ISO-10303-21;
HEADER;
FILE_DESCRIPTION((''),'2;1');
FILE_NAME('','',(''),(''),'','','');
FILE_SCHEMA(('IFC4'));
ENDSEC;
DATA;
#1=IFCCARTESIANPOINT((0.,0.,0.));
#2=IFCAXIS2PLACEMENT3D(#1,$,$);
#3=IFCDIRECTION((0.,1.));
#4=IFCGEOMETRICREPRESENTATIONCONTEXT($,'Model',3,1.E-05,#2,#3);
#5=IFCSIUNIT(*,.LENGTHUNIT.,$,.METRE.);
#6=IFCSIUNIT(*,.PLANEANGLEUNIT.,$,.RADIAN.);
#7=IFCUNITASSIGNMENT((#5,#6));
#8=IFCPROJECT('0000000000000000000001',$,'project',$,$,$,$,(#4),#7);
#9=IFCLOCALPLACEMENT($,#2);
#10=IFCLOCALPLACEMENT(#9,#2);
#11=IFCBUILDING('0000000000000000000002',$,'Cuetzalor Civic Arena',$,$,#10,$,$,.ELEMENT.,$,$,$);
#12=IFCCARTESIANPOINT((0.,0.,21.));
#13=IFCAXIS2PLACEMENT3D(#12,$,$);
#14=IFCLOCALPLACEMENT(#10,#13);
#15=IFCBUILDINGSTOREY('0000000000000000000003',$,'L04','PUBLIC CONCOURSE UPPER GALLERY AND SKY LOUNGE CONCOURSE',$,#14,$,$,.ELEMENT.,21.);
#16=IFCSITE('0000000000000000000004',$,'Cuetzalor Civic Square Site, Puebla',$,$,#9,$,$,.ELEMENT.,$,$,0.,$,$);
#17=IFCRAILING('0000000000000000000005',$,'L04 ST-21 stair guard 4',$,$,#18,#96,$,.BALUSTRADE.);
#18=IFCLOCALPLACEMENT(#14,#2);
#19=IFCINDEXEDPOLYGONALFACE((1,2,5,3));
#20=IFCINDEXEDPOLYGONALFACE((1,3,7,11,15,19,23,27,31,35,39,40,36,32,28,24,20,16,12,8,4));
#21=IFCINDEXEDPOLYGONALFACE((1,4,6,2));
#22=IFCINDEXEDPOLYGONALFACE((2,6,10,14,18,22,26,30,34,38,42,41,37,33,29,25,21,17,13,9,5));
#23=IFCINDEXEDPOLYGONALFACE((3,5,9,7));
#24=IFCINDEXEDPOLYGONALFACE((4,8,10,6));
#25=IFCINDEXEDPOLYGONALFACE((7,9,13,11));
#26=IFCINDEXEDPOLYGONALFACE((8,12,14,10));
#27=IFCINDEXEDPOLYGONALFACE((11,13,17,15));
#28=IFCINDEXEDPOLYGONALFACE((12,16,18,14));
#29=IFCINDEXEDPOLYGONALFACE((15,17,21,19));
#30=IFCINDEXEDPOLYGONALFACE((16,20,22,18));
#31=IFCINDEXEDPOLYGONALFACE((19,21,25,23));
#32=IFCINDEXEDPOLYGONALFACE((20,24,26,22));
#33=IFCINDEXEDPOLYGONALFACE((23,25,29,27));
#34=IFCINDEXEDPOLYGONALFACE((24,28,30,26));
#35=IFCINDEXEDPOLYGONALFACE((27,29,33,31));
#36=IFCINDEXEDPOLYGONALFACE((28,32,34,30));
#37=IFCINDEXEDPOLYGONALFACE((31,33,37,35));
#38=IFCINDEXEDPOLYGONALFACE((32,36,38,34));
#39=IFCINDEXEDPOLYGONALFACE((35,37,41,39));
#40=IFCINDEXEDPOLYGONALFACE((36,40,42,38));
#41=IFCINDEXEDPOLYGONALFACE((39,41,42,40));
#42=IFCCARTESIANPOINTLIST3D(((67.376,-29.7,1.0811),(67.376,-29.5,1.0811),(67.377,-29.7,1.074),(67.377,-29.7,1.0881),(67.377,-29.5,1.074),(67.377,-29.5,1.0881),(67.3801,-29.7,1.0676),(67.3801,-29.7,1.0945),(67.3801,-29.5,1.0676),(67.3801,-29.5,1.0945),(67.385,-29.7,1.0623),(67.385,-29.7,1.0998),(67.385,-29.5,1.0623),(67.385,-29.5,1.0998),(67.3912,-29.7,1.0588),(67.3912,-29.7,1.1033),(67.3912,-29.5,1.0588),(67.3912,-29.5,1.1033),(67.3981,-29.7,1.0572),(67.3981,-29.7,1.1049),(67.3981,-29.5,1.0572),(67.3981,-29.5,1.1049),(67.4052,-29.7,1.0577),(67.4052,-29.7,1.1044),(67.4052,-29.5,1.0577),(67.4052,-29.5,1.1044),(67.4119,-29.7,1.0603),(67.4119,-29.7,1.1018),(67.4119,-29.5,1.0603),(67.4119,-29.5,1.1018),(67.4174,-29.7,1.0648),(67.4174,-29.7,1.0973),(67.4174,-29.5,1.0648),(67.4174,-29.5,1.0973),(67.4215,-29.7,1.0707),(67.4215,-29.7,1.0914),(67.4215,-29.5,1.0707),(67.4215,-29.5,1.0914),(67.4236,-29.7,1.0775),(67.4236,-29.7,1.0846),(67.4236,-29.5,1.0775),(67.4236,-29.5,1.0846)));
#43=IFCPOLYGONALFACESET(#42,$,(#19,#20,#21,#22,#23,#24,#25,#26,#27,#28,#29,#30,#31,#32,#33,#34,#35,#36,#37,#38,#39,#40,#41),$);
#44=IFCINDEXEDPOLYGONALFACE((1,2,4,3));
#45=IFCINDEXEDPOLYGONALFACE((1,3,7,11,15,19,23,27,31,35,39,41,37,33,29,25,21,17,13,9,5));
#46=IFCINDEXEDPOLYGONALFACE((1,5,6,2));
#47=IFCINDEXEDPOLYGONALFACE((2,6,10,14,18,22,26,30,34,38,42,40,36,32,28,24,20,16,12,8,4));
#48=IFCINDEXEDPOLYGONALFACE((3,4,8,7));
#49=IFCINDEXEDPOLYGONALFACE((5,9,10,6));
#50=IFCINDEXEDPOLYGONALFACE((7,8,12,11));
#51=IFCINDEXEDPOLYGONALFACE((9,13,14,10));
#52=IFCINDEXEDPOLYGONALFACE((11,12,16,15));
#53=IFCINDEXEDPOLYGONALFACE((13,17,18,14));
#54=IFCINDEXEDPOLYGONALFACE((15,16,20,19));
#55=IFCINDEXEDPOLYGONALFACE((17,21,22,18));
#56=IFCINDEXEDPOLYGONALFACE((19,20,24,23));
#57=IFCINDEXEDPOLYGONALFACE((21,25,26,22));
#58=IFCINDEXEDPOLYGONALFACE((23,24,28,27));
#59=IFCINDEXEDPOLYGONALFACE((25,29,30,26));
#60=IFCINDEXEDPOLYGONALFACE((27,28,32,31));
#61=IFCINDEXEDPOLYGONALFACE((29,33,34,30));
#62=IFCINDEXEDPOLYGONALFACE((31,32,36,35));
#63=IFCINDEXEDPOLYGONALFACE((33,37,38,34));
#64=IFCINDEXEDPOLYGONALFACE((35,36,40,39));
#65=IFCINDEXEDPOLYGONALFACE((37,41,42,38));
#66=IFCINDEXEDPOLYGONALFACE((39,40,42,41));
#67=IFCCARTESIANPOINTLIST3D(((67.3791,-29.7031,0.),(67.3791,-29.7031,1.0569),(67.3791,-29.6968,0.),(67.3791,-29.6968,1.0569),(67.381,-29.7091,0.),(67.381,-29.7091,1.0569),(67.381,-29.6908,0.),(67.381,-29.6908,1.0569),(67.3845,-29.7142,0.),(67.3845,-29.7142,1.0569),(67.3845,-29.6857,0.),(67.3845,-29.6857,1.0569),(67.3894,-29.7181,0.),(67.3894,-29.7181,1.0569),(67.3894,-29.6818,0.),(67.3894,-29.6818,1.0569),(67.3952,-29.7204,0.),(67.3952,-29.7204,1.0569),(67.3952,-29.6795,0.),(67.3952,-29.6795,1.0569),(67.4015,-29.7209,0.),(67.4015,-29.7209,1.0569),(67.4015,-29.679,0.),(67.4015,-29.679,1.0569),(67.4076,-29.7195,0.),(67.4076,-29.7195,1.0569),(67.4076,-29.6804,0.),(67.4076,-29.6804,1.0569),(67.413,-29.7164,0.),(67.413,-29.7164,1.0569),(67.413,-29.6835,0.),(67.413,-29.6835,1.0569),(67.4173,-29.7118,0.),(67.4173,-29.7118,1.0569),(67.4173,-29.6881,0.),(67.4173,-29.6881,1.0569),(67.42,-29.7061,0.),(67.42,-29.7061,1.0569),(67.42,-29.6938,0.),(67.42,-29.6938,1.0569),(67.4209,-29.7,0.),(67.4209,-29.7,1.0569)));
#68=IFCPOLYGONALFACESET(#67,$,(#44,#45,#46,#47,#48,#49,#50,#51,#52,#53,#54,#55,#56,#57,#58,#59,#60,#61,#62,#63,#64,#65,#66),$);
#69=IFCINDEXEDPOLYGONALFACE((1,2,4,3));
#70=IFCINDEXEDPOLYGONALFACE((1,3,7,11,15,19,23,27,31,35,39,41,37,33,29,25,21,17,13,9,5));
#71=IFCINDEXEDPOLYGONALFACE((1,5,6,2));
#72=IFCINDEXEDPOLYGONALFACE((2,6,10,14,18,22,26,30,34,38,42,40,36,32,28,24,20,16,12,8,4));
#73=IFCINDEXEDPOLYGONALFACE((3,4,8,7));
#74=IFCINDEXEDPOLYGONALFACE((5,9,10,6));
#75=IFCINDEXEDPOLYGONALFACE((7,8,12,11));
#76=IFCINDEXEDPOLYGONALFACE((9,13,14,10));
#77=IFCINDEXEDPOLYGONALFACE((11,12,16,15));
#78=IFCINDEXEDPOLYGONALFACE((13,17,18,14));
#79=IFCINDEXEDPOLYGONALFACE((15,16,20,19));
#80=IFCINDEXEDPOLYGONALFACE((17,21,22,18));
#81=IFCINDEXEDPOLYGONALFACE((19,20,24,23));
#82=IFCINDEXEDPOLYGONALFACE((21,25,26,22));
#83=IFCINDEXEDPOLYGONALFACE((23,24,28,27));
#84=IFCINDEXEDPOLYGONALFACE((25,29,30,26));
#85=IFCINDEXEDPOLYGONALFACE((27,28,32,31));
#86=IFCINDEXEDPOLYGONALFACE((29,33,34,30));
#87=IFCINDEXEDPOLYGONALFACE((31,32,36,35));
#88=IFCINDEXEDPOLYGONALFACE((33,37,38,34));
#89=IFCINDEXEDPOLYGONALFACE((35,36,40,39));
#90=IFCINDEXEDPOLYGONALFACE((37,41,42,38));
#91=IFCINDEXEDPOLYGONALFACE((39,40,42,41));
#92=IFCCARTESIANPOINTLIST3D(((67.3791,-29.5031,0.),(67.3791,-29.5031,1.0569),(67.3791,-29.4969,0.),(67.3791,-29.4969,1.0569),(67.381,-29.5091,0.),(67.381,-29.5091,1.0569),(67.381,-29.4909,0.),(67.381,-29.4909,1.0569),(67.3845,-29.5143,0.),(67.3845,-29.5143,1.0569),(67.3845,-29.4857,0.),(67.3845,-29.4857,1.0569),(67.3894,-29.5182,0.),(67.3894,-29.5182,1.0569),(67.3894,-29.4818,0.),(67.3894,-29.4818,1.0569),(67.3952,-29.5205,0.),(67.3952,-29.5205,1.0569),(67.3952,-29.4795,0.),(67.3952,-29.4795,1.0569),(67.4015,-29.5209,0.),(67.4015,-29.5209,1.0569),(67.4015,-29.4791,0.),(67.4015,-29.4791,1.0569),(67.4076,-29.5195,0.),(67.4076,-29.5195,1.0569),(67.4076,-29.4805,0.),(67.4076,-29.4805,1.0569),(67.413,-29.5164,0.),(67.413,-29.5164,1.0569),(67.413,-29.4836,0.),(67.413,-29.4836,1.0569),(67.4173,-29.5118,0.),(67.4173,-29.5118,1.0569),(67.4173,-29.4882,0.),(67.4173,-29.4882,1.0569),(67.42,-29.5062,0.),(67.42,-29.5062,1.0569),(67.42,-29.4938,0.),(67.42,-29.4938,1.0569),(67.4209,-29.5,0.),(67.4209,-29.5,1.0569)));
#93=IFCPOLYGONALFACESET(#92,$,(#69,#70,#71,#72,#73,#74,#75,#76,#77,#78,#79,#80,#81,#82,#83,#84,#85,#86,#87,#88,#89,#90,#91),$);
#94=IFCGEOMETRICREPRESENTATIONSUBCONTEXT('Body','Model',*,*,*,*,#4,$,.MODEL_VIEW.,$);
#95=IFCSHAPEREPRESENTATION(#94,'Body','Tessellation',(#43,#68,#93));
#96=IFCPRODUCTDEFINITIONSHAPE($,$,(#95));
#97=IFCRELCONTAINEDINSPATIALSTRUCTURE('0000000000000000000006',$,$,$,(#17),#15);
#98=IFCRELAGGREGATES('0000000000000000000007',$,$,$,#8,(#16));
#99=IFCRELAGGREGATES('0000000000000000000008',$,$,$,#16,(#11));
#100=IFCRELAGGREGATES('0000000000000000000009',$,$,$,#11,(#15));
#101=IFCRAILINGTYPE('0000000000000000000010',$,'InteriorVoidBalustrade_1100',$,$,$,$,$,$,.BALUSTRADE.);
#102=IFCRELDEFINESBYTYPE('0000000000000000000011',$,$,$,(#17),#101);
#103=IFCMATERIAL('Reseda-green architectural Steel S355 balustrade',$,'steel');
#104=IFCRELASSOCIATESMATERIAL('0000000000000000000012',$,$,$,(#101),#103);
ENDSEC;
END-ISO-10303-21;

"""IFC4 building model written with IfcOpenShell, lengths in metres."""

from ifc_helpers import new_model, si_unit, direction, frame, origin, origin_2d, place, context, subcontext, project, spatial, circle, extrude, material, type_object, element, save


model = new_model("IFC4")

# Units and contexts
model_context = context("Model", 3, precision=1e-05, world=origin(), true_north=direction((0.0, 1.0)))
body_context = subcontext(model_context, "Body", "Model", "MODEL_VIEW")
ifc_project = project(units=[si_unit("LENGTHUNIT", "METRE"), si_unit("PLANEANGLEUNIT", "RADIAN")], contexts=[model_context])

# Site, building, storey
site_placement = place(None, origin())
site = spatial("IfcSite", under=ifc_project, at=site_placement, Name="Cuetzalor Civic Square Site, Puebla", CompositionType="ELEMENT", RefElevation=0.0)
building_placement = place(site_placement, origin())
building = spatial("IfcBuilding", under=site, at=building_placement, Name="Cuetzalor Civic Arena", CompositionType="ELEMENT")
storey_placement = place(building_placement, frame((0.0, 0.0, 21.0)))
storey = spatial("IfcBuildingStorey", under=building, at=storey_placement, Name="L04", Description="PUBLIC CONCOURSE UPPER GALLERY AND SKY LOUNGE CONCOURSE", CompositionType="ELEMENT", Elevation=21.0)

# Railing
ifc_material_1 = material(Name="Reseda-green architectural Steel S355 balustrade", Category="steel")
railing_type_1 = type_object("IfcRailingType", Name="InteriorVoidBalustrade_1100", PredefinedType="BALUSTRADE", material=ifc_material_1)
railing_1_placement = place(storey_placement, frame((67.3999, -29.7, 0.0)))
element("IfcRailing", 1, at=railing_1_placement, inside=storey, type_object=railing_type_1, Name="L04 ST-21 stair guard 4", PredefinedType="BALUSTRADE", context=body_context, shape_type="SweptSolid", body=[
    extrude(circle(Radius=0.0239, at=origin_2d()), frame((0.0, 0.0, 1.0811), z_axis=(0.0, 1.0, 0.0), x_axis=(-1.0, 0.0, 0.0)), (0.0, 0.0, 1.0), 0.2),
    extrude(circle(Radius=0.021, at=origin_2d()), origin(), (0.0, 0.0, 1.0), 1.0569),
    extrude(circle(Radius=0.021, at=origin_2d()), frame((0.0, 0.2, 0.0)), (0.0, 0.0, 1.0), 1.0569),
])

save(model, "model.ifc")
